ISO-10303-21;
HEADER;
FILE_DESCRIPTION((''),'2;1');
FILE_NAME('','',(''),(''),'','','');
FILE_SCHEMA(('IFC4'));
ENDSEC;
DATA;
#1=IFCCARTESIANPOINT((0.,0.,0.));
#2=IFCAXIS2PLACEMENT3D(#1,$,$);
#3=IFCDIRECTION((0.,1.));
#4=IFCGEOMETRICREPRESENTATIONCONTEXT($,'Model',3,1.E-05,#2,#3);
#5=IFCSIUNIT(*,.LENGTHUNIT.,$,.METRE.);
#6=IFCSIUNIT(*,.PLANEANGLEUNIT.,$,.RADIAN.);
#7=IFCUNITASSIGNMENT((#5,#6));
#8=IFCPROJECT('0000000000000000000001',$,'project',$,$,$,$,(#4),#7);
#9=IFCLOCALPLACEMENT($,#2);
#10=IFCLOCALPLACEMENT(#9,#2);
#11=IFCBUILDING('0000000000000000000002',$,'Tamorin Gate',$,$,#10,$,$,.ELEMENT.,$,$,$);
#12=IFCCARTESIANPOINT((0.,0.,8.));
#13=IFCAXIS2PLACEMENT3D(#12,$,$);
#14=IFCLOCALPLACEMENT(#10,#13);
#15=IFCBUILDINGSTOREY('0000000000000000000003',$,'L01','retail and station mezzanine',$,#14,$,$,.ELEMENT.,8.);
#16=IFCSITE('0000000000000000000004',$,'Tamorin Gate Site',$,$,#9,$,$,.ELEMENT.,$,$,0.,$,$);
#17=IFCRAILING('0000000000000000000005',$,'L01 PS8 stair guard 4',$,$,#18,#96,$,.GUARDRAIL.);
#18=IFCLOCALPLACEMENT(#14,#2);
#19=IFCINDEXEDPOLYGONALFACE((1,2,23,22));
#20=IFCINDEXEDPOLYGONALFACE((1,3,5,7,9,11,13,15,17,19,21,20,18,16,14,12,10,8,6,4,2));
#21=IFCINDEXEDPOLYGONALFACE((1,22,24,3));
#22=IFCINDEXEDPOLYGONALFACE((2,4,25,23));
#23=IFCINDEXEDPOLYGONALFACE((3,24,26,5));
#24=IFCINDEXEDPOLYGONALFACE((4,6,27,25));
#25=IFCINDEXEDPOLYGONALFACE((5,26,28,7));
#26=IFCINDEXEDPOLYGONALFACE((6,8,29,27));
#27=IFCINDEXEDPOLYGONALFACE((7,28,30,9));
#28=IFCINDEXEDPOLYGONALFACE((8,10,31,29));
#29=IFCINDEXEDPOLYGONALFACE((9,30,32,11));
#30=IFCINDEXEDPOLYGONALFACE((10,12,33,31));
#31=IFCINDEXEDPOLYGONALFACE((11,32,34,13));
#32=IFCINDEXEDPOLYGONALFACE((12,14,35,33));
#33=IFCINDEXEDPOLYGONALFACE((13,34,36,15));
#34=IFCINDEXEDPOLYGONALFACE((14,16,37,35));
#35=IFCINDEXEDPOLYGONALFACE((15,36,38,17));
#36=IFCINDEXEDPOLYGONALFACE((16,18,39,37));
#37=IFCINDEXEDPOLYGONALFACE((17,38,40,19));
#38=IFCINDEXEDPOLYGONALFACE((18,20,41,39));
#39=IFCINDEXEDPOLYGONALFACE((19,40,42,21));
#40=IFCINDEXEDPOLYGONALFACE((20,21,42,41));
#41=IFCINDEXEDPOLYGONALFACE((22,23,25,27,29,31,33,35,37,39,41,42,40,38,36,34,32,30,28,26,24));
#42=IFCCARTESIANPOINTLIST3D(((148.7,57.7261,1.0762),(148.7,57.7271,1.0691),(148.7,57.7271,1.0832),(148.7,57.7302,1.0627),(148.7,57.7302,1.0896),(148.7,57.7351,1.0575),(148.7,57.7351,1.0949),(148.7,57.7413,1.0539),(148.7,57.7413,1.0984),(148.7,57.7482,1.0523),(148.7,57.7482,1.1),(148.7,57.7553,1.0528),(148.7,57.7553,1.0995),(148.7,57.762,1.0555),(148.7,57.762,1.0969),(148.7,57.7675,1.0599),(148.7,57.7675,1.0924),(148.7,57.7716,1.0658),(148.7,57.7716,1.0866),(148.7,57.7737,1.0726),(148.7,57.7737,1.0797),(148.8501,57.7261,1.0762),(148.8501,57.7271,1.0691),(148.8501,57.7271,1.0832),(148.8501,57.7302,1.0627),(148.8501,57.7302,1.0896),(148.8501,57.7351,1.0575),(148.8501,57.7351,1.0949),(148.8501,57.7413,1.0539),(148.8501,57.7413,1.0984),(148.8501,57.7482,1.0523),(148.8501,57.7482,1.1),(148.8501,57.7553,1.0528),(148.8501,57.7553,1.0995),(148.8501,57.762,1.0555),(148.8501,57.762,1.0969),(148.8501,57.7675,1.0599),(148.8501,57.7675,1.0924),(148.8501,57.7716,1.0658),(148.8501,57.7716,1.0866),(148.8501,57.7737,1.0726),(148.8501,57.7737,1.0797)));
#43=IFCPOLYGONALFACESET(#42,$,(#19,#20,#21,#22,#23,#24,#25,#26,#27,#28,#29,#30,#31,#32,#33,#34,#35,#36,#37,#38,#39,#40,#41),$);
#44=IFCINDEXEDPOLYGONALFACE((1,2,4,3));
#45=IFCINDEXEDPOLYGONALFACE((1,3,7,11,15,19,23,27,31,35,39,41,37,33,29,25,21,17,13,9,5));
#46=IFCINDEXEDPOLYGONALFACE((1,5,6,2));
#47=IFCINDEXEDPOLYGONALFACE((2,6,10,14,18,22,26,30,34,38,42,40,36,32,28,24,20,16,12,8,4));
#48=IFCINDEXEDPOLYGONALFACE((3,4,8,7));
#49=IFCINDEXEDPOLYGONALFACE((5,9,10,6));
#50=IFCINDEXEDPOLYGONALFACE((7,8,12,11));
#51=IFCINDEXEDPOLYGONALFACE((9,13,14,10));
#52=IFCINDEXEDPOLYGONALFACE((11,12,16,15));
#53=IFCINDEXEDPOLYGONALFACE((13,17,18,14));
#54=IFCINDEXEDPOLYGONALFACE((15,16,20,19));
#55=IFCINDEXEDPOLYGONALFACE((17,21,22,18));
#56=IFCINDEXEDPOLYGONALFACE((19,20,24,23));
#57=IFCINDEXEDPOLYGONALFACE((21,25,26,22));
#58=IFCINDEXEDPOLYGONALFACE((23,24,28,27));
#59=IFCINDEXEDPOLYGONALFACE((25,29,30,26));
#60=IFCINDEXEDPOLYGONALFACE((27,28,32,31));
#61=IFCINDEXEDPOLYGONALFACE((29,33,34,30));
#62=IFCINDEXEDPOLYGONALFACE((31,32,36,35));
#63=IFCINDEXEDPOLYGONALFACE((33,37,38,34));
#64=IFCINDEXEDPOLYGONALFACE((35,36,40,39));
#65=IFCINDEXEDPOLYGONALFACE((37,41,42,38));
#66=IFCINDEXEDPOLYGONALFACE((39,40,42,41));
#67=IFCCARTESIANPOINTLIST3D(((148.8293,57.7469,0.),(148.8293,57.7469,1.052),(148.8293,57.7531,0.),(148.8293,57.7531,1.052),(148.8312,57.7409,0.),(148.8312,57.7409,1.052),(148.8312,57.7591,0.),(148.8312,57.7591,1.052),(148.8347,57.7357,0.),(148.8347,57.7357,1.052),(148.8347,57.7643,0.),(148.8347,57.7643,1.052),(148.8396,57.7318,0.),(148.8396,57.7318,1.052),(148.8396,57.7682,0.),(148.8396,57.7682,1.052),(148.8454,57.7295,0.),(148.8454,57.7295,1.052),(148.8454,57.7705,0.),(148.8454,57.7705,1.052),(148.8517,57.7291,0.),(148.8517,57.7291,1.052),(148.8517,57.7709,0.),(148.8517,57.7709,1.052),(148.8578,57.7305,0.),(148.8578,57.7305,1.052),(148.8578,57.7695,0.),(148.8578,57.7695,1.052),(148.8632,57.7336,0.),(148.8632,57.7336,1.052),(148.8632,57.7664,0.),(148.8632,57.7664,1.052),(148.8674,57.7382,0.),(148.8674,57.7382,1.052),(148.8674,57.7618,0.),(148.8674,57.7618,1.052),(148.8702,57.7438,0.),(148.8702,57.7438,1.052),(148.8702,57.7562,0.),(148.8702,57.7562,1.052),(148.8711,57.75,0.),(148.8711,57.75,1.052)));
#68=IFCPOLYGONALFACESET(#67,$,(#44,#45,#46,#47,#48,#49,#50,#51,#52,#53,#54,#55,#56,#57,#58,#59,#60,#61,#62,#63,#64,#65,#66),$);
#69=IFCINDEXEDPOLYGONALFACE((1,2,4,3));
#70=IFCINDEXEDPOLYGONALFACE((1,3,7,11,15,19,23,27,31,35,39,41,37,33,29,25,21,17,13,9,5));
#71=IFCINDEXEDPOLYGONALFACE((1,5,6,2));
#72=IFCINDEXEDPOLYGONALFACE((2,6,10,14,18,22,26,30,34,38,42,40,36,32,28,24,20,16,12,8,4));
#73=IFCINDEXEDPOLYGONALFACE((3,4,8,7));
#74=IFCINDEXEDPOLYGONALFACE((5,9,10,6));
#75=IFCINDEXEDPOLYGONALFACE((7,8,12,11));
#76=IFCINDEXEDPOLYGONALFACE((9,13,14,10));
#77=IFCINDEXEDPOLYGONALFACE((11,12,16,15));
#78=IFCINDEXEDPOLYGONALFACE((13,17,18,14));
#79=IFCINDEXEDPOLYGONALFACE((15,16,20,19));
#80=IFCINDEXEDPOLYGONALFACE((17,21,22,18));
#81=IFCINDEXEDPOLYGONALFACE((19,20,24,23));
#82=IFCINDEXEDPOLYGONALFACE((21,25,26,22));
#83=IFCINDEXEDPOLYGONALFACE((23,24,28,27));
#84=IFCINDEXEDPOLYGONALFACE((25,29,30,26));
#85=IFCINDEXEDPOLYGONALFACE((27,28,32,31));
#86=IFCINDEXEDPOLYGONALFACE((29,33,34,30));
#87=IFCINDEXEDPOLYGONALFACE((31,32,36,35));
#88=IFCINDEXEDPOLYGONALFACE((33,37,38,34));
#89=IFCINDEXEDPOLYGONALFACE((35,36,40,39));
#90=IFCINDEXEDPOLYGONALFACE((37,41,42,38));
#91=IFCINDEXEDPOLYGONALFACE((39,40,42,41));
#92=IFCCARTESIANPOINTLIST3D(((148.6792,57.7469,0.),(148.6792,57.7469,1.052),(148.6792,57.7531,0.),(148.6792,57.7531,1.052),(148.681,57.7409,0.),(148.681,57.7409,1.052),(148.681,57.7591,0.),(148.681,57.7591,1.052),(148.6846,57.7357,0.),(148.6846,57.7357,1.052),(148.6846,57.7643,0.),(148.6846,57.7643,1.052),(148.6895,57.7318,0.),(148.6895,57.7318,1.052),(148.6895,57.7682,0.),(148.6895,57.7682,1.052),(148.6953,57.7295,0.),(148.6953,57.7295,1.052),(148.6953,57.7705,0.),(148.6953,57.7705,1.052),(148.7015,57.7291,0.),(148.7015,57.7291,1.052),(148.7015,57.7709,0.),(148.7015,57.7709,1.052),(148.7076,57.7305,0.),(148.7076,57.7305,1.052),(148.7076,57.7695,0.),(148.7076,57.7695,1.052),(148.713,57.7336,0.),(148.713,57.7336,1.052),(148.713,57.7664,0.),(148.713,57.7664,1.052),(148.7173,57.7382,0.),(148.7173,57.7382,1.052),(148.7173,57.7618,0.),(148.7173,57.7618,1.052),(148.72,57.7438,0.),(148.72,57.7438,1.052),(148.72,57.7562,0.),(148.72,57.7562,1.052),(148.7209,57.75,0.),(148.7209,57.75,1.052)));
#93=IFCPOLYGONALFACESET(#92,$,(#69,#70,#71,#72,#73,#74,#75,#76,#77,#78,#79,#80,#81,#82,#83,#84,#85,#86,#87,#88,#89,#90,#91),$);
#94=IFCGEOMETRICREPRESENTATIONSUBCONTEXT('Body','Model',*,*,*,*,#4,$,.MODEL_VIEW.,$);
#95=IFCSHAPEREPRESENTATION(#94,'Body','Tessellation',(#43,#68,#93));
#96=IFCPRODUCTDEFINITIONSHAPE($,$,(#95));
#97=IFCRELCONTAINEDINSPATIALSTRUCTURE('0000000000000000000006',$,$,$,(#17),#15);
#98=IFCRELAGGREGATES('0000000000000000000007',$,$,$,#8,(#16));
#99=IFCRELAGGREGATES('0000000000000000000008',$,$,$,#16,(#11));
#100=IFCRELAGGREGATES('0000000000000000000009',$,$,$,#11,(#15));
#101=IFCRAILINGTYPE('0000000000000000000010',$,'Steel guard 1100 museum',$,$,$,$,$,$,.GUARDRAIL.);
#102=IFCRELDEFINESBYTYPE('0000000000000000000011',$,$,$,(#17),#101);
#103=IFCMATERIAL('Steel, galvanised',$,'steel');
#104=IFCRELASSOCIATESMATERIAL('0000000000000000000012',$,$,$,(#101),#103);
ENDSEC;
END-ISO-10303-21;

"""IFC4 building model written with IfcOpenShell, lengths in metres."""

from ifc_helpers import new_model, si_unit, direction, frame, origin, origin_2d, place, context, subcontext, project, spatial, circle, extrude, material, type_object, element, save


model = new_model("IFC4")

# Units and contexts
model_context = context("Model", 3, precision=1e-05, world=origin(), true_north=direction((0.0, 1.0)))
body_context = subcontext(model_context, "Body", "Model", "MODEL_VIEW")
ifc_project = project(units=[si_unit("LENGTHUNIT", "METRE"), si_unit("PLANEANGLEUNIT", "RADIAN")], contexts=[model_context])

# Site, building, storey
site_placement = place(None, origin())
site = spatial("IfcSite", under=ifc_project, at=site_placement, Name="Tamorin Gate Site", CompositionType="ELEMENT", RefElevation=0.0)
building_placement = place(site_placement, origin())
building = spatial("IfcBuilding", under=site, at=building_placement, Name="Tamorin Gate", CompositionType="ELEMENT")
storey_placement = place(building_placement, frame((0.0, 0.0, 8.0)))
storey = spatial("IfcBuildingStorey", under=building, at=storey_placement, Name="L01", Description="retail and station mezzanine", CompositionType="ELEMENT", Elevation=8.0)

# Railing
ifc_material_1 = material(Name="Steel, galvanised", Category="steel")
railing_type_1 = type_object("IfcRailingType", Name="Steel guard 1100 museum", PredefinedType="GUARDRAIL", material=ifc_material_1)
railing_1_placement = place(storey_placement, frame((148.8501, 57.75, 0.0)))
element("IfcRailing", 1, at=railing_1_placement, inside=storey, type_object=railing_type_1, Name="L01 PS8 stair guard 4", PredefinedType="GUARDRAIL", context=body_context, shape_type="SweptSolid", body=[
    extrude(circle(Radius=0.0239, at=origin_2d()), frame((0.0, 0.0, 1.0762), z_axis=(-1.0, 0.0, 0.0), x_axis=(0.0, -1.0, 0.0)), (0.0, 0.0, 1.0), 0.1501),
    extrude(circle(Radius=0.021, at=origin_2d()), origin(), (0.0, 0.0, 1.0), 1.052),
    extrude(circle(Radius=0.021, at=origin_2d()), frame((-0.1501, 0.0, 0.0)), (0.0, 0.0, 1.0), 1.052),
])

save(model, "model.ifc")
